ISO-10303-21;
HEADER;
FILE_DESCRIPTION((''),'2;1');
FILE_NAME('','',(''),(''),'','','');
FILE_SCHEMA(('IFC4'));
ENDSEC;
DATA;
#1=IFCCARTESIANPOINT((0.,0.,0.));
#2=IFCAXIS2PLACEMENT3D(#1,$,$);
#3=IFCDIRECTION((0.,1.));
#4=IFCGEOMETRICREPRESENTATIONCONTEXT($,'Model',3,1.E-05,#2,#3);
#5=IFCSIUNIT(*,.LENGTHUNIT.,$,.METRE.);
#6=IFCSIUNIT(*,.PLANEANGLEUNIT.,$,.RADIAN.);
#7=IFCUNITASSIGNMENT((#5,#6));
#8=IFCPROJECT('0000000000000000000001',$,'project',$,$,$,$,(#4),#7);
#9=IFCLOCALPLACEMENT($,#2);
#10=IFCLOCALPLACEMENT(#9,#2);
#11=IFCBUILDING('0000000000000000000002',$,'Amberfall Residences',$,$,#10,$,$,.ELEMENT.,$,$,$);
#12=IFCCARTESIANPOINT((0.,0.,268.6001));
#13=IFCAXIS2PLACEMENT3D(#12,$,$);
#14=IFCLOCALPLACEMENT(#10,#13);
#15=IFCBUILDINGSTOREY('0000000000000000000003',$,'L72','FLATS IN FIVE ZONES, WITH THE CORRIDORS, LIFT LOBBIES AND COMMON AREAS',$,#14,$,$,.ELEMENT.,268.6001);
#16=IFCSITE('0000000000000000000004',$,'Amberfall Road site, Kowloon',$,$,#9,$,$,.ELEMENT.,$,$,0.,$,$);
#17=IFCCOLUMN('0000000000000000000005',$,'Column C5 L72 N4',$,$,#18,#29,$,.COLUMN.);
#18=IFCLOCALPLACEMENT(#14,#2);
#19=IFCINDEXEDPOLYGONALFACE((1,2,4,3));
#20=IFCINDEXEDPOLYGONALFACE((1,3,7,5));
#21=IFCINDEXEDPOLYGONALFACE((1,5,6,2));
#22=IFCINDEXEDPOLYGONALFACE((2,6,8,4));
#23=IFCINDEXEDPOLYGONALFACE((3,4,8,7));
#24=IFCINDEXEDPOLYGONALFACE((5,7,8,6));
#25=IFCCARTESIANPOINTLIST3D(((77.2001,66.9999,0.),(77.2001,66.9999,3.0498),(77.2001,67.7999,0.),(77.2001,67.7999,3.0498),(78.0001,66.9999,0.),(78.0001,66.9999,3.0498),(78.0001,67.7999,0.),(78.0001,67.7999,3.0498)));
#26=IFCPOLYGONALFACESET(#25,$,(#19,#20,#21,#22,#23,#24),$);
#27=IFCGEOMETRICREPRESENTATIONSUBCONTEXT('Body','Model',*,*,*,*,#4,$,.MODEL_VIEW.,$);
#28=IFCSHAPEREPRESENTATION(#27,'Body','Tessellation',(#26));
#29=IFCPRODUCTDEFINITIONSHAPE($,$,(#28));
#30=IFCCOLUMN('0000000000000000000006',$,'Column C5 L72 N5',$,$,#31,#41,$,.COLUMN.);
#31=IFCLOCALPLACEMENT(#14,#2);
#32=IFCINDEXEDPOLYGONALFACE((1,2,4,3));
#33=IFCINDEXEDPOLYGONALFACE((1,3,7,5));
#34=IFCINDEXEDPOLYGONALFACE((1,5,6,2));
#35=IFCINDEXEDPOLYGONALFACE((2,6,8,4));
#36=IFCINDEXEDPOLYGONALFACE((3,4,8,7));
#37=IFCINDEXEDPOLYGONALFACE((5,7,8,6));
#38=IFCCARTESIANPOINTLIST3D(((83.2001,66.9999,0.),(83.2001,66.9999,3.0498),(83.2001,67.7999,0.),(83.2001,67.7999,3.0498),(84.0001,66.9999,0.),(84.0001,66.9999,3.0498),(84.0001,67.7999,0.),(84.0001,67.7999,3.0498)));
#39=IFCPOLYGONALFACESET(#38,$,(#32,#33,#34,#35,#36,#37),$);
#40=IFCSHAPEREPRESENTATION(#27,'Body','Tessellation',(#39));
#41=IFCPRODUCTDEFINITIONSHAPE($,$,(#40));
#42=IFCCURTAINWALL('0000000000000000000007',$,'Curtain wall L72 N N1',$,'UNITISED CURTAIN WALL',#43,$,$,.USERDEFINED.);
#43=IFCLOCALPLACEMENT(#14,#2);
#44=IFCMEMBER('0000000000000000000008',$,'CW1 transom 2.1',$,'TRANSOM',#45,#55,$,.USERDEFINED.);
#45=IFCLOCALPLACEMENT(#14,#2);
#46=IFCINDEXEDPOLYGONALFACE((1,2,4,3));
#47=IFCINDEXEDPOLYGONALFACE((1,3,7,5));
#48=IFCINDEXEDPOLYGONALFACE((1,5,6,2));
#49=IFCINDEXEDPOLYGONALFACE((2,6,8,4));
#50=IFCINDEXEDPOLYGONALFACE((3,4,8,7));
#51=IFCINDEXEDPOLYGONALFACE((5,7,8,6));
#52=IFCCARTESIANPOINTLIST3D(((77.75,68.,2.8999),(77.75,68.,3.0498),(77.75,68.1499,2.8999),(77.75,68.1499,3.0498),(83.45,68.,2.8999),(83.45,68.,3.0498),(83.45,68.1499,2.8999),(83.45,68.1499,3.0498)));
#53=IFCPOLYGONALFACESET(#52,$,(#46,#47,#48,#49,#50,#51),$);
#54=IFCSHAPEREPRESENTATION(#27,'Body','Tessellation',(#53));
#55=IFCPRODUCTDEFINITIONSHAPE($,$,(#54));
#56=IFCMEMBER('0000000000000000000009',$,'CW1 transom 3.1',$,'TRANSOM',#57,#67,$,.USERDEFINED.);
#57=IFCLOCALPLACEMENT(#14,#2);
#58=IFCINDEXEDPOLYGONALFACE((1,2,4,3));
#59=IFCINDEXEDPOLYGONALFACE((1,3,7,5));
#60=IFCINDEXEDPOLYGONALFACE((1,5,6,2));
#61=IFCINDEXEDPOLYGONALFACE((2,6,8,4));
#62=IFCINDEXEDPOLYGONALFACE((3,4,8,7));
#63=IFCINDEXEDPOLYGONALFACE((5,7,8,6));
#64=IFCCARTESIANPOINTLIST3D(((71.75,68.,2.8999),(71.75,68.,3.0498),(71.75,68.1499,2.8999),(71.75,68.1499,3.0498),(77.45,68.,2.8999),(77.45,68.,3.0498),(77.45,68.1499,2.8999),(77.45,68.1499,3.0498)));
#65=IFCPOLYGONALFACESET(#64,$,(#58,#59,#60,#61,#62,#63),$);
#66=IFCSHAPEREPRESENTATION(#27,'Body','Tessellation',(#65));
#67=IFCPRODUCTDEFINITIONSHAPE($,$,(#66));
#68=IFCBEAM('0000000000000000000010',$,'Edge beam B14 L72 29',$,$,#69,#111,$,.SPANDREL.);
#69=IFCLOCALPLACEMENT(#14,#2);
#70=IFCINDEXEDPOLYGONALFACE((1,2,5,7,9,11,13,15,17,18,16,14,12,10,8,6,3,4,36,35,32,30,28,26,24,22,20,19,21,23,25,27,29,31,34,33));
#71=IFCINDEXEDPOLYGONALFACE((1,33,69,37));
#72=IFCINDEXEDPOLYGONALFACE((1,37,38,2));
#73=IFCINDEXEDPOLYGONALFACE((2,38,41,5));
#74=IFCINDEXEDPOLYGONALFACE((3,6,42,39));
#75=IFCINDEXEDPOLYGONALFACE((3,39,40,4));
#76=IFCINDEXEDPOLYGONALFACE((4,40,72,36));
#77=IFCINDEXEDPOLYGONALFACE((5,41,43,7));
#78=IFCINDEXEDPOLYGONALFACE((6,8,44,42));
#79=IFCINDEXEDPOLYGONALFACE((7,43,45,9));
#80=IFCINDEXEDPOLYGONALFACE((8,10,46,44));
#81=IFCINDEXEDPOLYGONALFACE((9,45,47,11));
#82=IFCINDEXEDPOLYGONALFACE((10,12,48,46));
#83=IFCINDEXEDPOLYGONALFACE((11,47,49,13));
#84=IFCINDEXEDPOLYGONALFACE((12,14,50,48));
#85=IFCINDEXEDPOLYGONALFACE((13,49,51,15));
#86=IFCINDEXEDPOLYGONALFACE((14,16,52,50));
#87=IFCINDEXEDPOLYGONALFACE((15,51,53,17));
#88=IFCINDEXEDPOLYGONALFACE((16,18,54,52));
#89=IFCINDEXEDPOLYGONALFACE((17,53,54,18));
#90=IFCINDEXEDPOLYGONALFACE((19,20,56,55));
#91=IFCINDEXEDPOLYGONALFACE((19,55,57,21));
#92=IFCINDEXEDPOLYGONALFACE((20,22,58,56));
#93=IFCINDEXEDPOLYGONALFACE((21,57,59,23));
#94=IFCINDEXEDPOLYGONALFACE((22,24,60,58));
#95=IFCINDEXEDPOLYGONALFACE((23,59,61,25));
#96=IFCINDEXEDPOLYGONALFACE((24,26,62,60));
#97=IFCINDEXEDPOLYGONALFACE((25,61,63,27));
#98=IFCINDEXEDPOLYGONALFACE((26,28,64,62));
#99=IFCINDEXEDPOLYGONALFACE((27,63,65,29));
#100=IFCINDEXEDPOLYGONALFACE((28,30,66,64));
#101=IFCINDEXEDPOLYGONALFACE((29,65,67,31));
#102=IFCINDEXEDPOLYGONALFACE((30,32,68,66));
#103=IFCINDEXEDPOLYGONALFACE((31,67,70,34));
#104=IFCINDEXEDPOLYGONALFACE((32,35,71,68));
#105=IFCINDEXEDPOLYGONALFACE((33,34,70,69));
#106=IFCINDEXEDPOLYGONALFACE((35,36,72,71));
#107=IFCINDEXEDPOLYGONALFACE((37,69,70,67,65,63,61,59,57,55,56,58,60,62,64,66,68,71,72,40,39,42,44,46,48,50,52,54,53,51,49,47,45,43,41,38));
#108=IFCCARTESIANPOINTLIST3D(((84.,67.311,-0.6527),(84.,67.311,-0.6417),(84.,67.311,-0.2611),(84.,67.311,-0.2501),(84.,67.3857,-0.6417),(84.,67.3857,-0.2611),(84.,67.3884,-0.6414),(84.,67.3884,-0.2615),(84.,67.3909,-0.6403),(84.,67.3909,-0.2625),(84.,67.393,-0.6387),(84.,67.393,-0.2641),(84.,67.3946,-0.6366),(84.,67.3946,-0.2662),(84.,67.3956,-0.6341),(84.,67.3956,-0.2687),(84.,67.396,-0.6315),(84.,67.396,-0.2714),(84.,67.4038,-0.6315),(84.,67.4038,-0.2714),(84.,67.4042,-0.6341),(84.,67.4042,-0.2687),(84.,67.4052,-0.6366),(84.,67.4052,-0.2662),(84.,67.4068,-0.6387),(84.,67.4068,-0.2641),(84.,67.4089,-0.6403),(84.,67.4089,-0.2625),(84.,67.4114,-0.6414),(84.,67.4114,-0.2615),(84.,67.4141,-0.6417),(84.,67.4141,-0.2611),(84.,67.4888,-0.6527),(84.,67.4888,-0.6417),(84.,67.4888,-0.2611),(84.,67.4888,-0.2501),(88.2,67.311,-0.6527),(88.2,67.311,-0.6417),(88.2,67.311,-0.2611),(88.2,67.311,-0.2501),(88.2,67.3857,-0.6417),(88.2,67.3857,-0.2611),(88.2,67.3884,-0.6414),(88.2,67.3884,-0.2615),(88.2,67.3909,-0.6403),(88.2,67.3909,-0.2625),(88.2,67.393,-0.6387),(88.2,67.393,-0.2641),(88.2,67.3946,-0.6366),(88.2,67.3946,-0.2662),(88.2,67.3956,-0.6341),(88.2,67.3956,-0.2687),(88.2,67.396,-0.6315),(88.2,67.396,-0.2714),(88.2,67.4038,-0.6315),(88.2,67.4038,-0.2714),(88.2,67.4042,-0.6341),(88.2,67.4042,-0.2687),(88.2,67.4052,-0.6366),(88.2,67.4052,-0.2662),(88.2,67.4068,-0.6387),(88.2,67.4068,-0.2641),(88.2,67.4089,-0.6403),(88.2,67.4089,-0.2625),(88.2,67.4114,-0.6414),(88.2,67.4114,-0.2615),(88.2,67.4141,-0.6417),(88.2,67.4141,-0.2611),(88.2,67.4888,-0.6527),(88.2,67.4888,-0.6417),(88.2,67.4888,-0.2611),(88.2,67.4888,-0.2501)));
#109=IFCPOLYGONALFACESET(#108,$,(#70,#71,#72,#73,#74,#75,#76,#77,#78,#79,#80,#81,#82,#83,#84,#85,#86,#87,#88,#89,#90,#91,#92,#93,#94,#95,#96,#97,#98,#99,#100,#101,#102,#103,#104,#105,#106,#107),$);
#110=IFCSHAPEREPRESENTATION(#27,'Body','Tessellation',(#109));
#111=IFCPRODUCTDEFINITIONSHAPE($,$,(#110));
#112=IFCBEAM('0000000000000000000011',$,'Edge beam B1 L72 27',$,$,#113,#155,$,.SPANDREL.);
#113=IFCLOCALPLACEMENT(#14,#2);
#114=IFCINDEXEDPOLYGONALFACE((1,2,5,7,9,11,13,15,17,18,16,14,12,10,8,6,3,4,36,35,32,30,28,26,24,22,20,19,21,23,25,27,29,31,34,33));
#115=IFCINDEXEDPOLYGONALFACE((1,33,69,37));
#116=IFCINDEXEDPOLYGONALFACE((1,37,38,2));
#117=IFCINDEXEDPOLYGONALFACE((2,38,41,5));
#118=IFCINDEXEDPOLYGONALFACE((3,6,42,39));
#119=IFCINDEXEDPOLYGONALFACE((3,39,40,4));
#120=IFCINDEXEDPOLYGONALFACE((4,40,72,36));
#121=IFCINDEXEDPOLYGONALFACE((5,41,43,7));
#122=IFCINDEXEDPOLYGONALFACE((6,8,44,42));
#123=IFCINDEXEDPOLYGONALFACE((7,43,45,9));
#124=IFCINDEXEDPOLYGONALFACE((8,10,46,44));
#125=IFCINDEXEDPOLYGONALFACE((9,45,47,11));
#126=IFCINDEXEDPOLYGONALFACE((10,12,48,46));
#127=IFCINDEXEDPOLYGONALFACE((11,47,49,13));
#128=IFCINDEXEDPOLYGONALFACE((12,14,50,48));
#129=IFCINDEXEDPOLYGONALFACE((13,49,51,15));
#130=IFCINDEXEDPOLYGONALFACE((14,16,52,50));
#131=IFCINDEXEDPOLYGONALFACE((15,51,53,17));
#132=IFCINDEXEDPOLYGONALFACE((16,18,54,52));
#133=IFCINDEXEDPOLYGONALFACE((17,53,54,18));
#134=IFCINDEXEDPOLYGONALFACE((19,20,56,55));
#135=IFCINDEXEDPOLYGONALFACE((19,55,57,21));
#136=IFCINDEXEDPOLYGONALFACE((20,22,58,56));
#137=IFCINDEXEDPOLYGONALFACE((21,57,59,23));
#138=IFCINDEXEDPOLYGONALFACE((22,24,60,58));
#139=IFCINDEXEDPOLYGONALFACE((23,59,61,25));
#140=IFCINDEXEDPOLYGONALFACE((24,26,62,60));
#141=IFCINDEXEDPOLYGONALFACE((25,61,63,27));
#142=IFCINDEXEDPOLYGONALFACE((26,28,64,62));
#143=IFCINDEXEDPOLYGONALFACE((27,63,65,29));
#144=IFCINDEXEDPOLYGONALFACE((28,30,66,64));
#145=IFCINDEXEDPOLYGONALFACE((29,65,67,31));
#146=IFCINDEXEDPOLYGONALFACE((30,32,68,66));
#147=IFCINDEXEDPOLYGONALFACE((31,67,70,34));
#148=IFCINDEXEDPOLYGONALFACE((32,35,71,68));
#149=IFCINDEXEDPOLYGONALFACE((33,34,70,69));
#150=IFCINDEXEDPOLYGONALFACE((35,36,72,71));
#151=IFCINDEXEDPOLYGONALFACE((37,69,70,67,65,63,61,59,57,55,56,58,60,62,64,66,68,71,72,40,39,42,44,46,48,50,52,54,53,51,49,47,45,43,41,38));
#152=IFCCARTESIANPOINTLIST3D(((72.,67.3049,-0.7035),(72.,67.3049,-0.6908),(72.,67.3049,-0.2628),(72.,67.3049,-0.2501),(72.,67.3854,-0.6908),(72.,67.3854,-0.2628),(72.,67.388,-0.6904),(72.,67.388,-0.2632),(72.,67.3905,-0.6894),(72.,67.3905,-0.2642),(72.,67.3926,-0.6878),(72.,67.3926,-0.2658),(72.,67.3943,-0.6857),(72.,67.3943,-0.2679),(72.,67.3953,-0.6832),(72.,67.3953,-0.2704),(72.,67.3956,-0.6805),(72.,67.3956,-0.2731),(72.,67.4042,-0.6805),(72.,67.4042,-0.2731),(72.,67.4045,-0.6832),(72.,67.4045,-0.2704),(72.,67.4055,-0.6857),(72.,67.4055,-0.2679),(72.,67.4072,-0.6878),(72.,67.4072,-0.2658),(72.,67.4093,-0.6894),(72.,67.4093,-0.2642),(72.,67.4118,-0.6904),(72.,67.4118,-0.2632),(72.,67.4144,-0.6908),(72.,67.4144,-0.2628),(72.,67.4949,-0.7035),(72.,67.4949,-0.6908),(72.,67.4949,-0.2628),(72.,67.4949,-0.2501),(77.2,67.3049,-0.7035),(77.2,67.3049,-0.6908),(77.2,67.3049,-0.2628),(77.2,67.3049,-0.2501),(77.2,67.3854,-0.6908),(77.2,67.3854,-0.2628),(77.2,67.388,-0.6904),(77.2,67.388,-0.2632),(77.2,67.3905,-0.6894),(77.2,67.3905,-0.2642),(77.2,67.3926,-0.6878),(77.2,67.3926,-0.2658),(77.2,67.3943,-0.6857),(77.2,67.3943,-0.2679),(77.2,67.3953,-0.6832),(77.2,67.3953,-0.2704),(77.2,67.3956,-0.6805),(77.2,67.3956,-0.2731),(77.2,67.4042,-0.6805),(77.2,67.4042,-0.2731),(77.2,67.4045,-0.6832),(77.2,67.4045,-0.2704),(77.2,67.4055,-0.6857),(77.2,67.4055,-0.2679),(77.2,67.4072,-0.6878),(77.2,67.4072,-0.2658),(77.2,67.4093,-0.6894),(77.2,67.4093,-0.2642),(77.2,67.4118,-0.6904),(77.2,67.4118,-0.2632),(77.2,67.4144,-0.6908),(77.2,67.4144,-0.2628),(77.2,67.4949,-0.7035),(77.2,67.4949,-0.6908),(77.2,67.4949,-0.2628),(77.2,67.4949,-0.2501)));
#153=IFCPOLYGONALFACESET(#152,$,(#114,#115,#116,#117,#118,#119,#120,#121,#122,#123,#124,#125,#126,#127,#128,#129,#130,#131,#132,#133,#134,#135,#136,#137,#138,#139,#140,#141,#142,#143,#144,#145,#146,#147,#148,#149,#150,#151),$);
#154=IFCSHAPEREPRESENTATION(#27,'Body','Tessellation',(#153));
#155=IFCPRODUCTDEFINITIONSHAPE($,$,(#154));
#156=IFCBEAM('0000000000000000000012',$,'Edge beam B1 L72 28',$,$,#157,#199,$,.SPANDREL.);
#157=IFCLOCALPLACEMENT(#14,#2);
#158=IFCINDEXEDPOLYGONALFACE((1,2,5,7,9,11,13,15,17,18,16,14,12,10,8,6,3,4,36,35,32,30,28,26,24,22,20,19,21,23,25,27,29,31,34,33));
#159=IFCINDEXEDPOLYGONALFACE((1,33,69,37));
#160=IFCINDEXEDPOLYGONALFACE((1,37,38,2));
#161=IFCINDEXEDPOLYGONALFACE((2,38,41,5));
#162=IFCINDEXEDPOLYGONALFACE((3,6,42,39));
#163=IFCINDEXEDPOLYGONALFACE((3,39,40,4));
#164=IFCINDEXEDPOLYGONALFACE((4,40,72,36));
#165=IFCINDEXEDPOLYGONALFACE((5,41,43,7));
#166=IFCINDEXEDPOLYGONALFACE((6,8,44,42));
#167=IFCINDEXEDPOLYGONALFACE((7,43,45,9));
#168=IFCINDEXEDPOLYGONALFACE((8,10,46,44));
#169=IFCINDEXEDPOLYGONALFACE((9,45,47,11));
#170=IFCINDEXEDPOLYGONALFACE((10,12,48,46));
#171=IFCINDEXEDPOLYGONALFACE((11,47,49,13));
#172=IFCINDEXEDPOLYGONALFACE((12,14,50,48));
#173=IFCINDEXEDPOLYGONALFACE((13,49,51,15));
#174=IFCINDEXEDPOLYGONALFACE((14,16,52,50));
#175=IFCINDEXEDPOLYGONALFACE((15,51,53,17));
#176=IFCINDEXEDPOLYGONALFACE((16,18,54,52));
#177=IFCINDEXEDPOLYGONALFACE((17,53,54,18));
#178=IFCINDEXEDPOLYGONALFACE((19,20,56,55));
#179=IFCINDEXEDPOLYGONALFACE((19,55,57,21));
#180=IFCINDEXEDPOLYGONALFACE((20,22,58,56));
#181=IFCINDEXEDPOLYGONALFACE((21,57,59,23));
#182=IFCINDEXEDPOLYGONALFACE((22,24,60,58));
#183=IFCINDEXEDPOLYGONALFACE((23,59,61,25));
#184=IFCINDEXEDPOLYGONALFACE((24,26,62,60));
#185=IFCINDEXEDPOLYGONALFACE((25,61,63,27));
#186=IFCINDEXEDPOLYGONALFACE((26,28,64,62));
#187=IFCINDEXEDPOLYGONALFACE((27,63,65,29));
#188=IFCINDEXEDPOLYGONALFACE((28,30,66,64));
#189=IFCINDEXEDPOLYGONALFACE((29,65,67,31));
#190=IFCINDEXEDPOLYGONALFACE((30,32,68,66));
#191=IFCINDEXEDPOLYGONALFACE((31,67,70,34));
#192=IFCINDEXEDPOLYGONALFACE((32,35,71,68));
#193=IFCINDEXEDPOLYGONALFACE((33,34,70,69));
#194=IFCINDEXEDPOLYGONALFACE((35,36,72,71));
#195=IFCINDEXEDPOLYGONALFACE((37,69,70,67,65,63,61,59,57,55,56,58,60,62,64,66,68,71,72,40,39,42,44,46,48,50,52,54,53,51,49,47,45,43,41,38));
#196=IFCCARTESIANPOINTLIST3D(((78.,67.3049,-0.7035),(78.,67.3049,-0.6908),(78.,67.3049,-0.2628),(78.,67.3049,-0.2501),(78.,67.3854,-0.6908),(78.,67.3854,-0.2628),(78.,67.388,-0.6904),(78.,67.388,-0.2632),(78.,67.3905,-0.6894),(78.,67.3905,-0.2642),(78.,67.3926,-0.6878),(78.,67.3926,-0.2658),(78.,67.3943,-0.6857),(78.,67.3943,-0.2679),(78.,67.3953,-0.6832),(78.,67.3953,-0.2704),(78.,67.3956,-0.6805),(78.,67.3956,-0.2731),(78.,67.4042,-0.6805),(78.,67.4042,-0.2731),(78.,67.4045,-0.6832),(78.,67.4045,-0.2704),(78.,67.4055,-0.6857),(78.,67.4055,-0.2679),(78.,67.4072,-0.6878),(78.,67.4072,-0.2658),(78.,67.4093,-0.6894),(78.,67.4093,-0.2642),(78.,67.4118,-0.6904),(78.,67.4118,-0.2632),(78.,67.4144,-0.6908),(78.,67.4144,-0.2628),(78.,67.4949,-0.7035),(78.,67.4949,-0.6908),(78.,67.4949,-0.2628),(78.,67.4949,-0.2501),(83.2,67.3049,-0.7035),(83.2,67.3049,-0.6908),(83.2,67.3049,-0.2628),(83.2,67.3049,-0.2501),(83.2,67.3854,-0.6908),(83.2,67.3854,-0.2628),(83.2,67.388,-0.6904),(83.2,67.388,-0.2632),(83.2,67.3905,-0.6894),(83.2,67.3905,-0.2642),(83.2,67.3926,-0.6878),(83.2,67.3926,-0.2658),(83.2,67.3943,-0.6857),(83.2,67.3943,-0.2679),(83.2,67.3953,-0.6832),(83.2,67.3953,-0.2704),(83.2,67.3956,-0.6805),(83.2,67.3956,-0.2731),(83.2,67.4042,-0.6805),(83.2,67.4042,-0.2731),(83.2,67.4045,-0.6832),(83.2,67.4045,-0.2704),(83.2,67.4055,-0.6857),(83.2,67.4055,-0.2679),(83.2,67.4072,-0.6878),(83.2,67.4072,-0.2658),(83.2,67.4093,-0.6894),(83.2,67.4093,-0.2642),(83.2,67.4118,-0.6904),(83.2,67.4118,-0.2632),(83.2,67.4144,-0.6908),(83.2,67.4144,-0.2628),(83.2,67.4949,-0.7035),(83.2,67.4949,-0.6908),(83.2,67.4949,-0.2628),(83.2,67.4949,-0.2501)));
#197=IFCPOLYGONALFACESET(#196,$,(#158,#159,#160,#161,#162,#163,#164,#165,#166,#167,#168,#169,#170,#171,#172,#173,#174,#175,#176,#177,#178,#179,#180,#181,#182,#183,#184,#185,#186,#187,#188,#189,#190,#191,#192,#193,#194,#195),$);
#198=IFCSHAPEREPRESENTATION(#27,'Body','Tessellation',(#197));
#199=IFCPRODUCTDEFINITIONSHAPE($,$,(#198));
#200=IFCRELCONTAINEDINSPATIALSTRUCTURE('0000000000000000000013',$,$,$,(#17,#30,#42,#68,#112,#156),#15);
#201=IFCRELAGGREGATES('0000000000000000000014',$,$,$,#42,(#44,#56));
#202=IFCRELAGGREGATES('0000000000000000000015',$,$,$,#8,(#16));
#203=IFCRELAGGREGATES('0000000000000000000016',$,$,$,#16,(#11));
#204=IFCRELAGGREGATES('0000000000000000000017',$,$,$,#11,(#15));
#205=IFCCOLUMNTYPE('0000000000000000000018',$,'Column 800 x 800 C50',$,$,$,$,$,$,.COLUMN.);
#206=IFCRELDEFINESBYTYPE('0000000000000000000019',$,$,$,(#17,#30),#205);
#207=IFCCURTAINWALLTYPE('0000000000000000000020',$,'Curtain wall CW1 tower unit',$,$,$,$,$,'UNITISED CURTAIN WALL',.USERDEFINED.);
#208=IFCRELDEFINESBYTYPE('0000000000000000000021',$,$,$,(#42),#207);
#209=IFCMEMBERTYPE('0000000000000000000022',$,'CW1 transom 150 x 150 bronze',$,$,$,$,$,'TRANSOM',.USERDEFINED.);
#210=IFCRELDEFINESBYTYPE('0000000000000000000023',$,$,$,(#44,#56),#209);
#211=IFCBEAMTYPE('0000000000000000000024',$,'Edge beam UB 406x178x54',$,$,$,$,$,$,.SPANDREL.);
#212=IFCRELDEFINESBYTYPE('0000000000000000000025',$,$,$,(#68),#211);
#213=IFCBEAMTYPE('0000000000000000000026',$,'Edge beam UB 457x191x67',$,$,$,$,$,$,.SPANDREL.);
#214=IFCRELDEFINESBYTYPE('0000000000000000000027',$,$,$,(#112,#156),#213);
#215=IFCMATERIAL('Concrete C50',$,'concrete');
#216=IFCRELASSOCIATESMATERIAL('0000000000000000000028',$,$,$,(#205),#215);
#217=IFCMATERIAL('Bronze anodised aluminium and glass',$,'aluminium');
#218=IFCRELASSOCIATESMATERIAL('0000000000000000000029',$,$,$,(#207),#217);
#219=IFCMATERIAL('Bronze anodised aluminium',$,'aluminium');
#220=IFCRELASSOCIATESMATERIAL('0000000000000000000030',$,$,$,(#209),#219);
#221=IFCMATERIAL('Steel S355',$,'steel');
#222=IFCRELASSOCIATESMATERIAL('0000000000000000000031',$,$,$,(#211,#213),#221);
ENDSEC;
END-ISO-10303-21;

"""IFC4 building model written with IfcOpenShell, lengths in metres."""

from ifc_helpers import new_model, si_unit, direction, frame, origin, origin_2d, place, context, subcontext, project, spatial, rectangle, i_section, extrude, material, material_profile, profile_set, type_object, element, aggregate, save


model = new_model("IFC4")

# Units and contexts
model_context = context("Model", 3, precision=1e-05, world=origin(), true_north=direction((0.0, 1.0)))
body_context = subcontext(model_context, "Body", "Model", "MODEL_VIEW")
ifc_project = project(units=[si_unit("LENGTHUNIT", "METRE"), si_unit("PLANEANGLEUNIT", "RADIAN")], contexts=[model_context])

# Site, building, storey
site_placement = place(None, origin())
site = spatial("IfcSite", under=ifc_project, at=site_placement, Name="Amberfall Road site, Kowloon", CompositionType="ELEMENT", RefElevation=0.0)
building_placement = place(site_placement, origin())
building = spatial("IfcBuilding", under=site, at=building_placement, Name="Amberfall Residences", CompositionType="ELEMENT")
storey_placement = place(building_placement, frame((0.0, 0.0, 268.6001)))
storey = spatial("IfcBuildingStorey", under=building, at=storey_placement, Name="L72", Description="FLATS IN FIVE ZONES, WITH THE CORRIDORS, LIFT LOBBIES AND COMMON AREAS", CompositionType="ELEMENT", Elevation=268.6001)

# Columns
ifc_material_1 = material(Name="Concrete C50", Category="concrete")
ifc_material_profile_1 = material_profile(ifc_material_1, rectangle(XDim=0.8, YDim=0.8, at=origin_2d()), Name="Column 800 x 800 C50")
ifc_profile_set_1 = profile_set([ifc_material_profile_1], Name="Concrete C50")
column_type = type_object("IfcColumnType", Name="Column 800 x 800 C50", PredefinedType="COLUMN", material=ifc_profile_set_1)
for number, where, z_axis, x_axis, name in (
    (1, (77.6001, 67.3999, 0.0), (0.0, 0.0, 1.0), (1.0, 0.0, 0.0), "Column C5 L72 N4"),
    (2, (83.6001, 67.3999, 0.0), (0.0, 0.0, 1.0), (1.0, 0.0, 0.0), "Column C5 L72 N5"),
):
    element("IfcColumn", number, at=place(storey_placement, frame(where, z_axis=z_axis, x_axis=x_axis)), inside=storey, type_object=column_type, Name=name, PredefinedType="COLUMN", context=body_context, shape_type="SweptSolid", body=[
        extrude(rectangle(XDim=0.8, YDim=0.8, at=origin_2d()), origin(), (0.0, 0.0, 1.0), 3.0498),
    ])

# Curtain wall, members
ifc_material_2 = material(Name="Bronze anodised aluminium and glass", Category="aluminium")
curtain_wall_type = type_object("IfcCurtainWallType", Name="Curtain wall CW1 tower unit", ElementType="UNITISED CURTAIN WALL", PredefinedType="USERDEFINED", material=ifc_material_2)
curtain_wall_placement = place(storey_placement, origin())
curtain_wall = element("IfcCurtainWall", 3, at=curtain_wall_placement, inside=storey, type_object=curtain_wall_type, Name="Curtain wall L72 N N1", ObjectType="UNITISED CURTAIN WALL", PredefinedType="USERDEFINED")
ifc_material_3 = material(Name="Bronze anodised aluminium", Category="aluminium")
ifc_material_profile_2 = material_profile(ifc_material_3, rectangle(XDim=0.1499, YDim=0.1499, at=origin_2d()), Name="CW1 transom 150 x 150 bronze")
ifc_profile_set_2 = profile_set([ifc_material_profile_2], Name="Bronze anodised aluminium")
member_type_1 = type_object("IfcMemberType", Name="CW1 transom 150 x 150 bronze", ElementType="TRANSOM", PredefinedType="USERDEFINED", material=ifc_profile_set_2)
member_1_placement = place(storey_placement, frame((83.45, 68.075, 2.9749), z_axis=(-1.0, 0.0, 0.0), x_axis=(0.0, -1.0, 0.0)))
member_1 = element("IfcMember", 4, at=member_1_placement, type_object=member_type_1, Name="CW1 transom 2.1", ObjectType="TRANSOM", PredefinedType="USERDEFINED", context=body_context, shape_type="SweptSolid", body=[
    extrude(rectangle(XDim=0.1499, YDim=0.1499, at=origin_2d()), origin(), (0.0, 0.0, 1.0), 5.7),
])
member_2_placement = place(storey_placement, frame((77.45, 68.075, 2.9749), z_axis=(-1.0, 0.0, 0.0), x_axis=(0.0, -1.0, 0.0)))
member_2 = element("IfcMember", 5, at=member_2_placement, type_object=member_type_1, Name="CW1 transom 3.1", ObjectType="TRANSOM", PredefinedType="USERDEFINED", context=body_context, shape_type="SweptSolid", body=[
    extrude(rectangle(XDim=0.1499, YDim=0.1499, at=origin_2d()), origin(), (0.0, 0.0, 1.0), 5.7),
])

# Beams
ifc_material_4 = material(Name="Steel S355", Category="steel")
ifc_material_profile_3 = material_profile(ifc_material_4, i_section(OverallWidth=0.1777, OverallDepth=0.4026, WebThickness=0.0078, FlangeThickness=0.011, FilletRadius=0.0103, at=origin_2d()), Name="UB 406x178x54")
ifc_profile_set_3 = profile_set([ifc_material_profile_3], Name="Steel S355")
beam_type_1 = type_object("IfcBeamType", Name="Edge beam UB 406x178x54", PredefinedType="SPANDREL", material=ifc_profile_set_3)
beam_placement = place(storey_placement, frame((84.0, 67.3999, -0.4514), z_axis=(1.0, 0.0, 0.0), x_axis=(0.0, 1.0, 0.0)))
element("IfcBeam", 6, at=beam_placement, inside=storey, type_object=beam_type_1, Name="Edge beam B14 L72 29", PredefinedType="SPANDREL", context=body_context, shape_type="SweptSolid", body=[
    extrude(i_section(OverallWidth=0.1777, OverallDepth=0.4026, WebThickness=0.0078, FlangeThickness=0.011, FilletRadius=0.0103, at=origin_2d()), origin(), (0.0, 0.0, 1.0), 4.2),
])
ifc_material_profile_4 = material_profile(ifc_material_4, i_section(OverallWidth=0.1899, OverallDepth=0.4534, WebThickness=0.0085, FlangeThickness=0.0127, FilletRadius=0.0103, at=origin_2d()), Name="UB 457x191x67")
ifc_profile_set_4 = profile_set([ifc_material_profile_4], Name="Steel S355")
beam_type_2 = type_object("IfcBeamType", Name="Edge beam UB 457x191x67", PredefinedType="SPANDREL", material=ifc_profile_set_4)
for number, where, z_axis, x_axis, name in (
    (7, (72.0, 67.3999, -0.4768), (1.0, 0.0, 0.0), (0.0, 1.0, 0.0), "Edge beam B1 L72 27"),
    (8, (78.0, 67.3999, -0.4768), (1.0, 0.0, 0.0), (0.0, 1.0, 0.0), "Edge beam B1 L72 28"),
):
    element("IfcBeam", number, at=place(storey_placement, frame(where, z_axis=z_axis, x_axis=x_axis)), inside=storey, type_object=beam_type_2, Name=name, PredefinedType="SPANDREL", context=body_context, shape_type="SweptSolid", body=[
        extrude(i_section(OverallWidth=0.1899, OverallDepth=0.4534, WebThickness=0.0085, FlangeThickness=0.0127, FilletRadius=0.0103, at=origin_2d()), origin(), (0.0, 0.0, 1.0), 5.2),
    ])

aggregate(curtain_wall, [member_1, member_2])

save(model, "model.ifc")
